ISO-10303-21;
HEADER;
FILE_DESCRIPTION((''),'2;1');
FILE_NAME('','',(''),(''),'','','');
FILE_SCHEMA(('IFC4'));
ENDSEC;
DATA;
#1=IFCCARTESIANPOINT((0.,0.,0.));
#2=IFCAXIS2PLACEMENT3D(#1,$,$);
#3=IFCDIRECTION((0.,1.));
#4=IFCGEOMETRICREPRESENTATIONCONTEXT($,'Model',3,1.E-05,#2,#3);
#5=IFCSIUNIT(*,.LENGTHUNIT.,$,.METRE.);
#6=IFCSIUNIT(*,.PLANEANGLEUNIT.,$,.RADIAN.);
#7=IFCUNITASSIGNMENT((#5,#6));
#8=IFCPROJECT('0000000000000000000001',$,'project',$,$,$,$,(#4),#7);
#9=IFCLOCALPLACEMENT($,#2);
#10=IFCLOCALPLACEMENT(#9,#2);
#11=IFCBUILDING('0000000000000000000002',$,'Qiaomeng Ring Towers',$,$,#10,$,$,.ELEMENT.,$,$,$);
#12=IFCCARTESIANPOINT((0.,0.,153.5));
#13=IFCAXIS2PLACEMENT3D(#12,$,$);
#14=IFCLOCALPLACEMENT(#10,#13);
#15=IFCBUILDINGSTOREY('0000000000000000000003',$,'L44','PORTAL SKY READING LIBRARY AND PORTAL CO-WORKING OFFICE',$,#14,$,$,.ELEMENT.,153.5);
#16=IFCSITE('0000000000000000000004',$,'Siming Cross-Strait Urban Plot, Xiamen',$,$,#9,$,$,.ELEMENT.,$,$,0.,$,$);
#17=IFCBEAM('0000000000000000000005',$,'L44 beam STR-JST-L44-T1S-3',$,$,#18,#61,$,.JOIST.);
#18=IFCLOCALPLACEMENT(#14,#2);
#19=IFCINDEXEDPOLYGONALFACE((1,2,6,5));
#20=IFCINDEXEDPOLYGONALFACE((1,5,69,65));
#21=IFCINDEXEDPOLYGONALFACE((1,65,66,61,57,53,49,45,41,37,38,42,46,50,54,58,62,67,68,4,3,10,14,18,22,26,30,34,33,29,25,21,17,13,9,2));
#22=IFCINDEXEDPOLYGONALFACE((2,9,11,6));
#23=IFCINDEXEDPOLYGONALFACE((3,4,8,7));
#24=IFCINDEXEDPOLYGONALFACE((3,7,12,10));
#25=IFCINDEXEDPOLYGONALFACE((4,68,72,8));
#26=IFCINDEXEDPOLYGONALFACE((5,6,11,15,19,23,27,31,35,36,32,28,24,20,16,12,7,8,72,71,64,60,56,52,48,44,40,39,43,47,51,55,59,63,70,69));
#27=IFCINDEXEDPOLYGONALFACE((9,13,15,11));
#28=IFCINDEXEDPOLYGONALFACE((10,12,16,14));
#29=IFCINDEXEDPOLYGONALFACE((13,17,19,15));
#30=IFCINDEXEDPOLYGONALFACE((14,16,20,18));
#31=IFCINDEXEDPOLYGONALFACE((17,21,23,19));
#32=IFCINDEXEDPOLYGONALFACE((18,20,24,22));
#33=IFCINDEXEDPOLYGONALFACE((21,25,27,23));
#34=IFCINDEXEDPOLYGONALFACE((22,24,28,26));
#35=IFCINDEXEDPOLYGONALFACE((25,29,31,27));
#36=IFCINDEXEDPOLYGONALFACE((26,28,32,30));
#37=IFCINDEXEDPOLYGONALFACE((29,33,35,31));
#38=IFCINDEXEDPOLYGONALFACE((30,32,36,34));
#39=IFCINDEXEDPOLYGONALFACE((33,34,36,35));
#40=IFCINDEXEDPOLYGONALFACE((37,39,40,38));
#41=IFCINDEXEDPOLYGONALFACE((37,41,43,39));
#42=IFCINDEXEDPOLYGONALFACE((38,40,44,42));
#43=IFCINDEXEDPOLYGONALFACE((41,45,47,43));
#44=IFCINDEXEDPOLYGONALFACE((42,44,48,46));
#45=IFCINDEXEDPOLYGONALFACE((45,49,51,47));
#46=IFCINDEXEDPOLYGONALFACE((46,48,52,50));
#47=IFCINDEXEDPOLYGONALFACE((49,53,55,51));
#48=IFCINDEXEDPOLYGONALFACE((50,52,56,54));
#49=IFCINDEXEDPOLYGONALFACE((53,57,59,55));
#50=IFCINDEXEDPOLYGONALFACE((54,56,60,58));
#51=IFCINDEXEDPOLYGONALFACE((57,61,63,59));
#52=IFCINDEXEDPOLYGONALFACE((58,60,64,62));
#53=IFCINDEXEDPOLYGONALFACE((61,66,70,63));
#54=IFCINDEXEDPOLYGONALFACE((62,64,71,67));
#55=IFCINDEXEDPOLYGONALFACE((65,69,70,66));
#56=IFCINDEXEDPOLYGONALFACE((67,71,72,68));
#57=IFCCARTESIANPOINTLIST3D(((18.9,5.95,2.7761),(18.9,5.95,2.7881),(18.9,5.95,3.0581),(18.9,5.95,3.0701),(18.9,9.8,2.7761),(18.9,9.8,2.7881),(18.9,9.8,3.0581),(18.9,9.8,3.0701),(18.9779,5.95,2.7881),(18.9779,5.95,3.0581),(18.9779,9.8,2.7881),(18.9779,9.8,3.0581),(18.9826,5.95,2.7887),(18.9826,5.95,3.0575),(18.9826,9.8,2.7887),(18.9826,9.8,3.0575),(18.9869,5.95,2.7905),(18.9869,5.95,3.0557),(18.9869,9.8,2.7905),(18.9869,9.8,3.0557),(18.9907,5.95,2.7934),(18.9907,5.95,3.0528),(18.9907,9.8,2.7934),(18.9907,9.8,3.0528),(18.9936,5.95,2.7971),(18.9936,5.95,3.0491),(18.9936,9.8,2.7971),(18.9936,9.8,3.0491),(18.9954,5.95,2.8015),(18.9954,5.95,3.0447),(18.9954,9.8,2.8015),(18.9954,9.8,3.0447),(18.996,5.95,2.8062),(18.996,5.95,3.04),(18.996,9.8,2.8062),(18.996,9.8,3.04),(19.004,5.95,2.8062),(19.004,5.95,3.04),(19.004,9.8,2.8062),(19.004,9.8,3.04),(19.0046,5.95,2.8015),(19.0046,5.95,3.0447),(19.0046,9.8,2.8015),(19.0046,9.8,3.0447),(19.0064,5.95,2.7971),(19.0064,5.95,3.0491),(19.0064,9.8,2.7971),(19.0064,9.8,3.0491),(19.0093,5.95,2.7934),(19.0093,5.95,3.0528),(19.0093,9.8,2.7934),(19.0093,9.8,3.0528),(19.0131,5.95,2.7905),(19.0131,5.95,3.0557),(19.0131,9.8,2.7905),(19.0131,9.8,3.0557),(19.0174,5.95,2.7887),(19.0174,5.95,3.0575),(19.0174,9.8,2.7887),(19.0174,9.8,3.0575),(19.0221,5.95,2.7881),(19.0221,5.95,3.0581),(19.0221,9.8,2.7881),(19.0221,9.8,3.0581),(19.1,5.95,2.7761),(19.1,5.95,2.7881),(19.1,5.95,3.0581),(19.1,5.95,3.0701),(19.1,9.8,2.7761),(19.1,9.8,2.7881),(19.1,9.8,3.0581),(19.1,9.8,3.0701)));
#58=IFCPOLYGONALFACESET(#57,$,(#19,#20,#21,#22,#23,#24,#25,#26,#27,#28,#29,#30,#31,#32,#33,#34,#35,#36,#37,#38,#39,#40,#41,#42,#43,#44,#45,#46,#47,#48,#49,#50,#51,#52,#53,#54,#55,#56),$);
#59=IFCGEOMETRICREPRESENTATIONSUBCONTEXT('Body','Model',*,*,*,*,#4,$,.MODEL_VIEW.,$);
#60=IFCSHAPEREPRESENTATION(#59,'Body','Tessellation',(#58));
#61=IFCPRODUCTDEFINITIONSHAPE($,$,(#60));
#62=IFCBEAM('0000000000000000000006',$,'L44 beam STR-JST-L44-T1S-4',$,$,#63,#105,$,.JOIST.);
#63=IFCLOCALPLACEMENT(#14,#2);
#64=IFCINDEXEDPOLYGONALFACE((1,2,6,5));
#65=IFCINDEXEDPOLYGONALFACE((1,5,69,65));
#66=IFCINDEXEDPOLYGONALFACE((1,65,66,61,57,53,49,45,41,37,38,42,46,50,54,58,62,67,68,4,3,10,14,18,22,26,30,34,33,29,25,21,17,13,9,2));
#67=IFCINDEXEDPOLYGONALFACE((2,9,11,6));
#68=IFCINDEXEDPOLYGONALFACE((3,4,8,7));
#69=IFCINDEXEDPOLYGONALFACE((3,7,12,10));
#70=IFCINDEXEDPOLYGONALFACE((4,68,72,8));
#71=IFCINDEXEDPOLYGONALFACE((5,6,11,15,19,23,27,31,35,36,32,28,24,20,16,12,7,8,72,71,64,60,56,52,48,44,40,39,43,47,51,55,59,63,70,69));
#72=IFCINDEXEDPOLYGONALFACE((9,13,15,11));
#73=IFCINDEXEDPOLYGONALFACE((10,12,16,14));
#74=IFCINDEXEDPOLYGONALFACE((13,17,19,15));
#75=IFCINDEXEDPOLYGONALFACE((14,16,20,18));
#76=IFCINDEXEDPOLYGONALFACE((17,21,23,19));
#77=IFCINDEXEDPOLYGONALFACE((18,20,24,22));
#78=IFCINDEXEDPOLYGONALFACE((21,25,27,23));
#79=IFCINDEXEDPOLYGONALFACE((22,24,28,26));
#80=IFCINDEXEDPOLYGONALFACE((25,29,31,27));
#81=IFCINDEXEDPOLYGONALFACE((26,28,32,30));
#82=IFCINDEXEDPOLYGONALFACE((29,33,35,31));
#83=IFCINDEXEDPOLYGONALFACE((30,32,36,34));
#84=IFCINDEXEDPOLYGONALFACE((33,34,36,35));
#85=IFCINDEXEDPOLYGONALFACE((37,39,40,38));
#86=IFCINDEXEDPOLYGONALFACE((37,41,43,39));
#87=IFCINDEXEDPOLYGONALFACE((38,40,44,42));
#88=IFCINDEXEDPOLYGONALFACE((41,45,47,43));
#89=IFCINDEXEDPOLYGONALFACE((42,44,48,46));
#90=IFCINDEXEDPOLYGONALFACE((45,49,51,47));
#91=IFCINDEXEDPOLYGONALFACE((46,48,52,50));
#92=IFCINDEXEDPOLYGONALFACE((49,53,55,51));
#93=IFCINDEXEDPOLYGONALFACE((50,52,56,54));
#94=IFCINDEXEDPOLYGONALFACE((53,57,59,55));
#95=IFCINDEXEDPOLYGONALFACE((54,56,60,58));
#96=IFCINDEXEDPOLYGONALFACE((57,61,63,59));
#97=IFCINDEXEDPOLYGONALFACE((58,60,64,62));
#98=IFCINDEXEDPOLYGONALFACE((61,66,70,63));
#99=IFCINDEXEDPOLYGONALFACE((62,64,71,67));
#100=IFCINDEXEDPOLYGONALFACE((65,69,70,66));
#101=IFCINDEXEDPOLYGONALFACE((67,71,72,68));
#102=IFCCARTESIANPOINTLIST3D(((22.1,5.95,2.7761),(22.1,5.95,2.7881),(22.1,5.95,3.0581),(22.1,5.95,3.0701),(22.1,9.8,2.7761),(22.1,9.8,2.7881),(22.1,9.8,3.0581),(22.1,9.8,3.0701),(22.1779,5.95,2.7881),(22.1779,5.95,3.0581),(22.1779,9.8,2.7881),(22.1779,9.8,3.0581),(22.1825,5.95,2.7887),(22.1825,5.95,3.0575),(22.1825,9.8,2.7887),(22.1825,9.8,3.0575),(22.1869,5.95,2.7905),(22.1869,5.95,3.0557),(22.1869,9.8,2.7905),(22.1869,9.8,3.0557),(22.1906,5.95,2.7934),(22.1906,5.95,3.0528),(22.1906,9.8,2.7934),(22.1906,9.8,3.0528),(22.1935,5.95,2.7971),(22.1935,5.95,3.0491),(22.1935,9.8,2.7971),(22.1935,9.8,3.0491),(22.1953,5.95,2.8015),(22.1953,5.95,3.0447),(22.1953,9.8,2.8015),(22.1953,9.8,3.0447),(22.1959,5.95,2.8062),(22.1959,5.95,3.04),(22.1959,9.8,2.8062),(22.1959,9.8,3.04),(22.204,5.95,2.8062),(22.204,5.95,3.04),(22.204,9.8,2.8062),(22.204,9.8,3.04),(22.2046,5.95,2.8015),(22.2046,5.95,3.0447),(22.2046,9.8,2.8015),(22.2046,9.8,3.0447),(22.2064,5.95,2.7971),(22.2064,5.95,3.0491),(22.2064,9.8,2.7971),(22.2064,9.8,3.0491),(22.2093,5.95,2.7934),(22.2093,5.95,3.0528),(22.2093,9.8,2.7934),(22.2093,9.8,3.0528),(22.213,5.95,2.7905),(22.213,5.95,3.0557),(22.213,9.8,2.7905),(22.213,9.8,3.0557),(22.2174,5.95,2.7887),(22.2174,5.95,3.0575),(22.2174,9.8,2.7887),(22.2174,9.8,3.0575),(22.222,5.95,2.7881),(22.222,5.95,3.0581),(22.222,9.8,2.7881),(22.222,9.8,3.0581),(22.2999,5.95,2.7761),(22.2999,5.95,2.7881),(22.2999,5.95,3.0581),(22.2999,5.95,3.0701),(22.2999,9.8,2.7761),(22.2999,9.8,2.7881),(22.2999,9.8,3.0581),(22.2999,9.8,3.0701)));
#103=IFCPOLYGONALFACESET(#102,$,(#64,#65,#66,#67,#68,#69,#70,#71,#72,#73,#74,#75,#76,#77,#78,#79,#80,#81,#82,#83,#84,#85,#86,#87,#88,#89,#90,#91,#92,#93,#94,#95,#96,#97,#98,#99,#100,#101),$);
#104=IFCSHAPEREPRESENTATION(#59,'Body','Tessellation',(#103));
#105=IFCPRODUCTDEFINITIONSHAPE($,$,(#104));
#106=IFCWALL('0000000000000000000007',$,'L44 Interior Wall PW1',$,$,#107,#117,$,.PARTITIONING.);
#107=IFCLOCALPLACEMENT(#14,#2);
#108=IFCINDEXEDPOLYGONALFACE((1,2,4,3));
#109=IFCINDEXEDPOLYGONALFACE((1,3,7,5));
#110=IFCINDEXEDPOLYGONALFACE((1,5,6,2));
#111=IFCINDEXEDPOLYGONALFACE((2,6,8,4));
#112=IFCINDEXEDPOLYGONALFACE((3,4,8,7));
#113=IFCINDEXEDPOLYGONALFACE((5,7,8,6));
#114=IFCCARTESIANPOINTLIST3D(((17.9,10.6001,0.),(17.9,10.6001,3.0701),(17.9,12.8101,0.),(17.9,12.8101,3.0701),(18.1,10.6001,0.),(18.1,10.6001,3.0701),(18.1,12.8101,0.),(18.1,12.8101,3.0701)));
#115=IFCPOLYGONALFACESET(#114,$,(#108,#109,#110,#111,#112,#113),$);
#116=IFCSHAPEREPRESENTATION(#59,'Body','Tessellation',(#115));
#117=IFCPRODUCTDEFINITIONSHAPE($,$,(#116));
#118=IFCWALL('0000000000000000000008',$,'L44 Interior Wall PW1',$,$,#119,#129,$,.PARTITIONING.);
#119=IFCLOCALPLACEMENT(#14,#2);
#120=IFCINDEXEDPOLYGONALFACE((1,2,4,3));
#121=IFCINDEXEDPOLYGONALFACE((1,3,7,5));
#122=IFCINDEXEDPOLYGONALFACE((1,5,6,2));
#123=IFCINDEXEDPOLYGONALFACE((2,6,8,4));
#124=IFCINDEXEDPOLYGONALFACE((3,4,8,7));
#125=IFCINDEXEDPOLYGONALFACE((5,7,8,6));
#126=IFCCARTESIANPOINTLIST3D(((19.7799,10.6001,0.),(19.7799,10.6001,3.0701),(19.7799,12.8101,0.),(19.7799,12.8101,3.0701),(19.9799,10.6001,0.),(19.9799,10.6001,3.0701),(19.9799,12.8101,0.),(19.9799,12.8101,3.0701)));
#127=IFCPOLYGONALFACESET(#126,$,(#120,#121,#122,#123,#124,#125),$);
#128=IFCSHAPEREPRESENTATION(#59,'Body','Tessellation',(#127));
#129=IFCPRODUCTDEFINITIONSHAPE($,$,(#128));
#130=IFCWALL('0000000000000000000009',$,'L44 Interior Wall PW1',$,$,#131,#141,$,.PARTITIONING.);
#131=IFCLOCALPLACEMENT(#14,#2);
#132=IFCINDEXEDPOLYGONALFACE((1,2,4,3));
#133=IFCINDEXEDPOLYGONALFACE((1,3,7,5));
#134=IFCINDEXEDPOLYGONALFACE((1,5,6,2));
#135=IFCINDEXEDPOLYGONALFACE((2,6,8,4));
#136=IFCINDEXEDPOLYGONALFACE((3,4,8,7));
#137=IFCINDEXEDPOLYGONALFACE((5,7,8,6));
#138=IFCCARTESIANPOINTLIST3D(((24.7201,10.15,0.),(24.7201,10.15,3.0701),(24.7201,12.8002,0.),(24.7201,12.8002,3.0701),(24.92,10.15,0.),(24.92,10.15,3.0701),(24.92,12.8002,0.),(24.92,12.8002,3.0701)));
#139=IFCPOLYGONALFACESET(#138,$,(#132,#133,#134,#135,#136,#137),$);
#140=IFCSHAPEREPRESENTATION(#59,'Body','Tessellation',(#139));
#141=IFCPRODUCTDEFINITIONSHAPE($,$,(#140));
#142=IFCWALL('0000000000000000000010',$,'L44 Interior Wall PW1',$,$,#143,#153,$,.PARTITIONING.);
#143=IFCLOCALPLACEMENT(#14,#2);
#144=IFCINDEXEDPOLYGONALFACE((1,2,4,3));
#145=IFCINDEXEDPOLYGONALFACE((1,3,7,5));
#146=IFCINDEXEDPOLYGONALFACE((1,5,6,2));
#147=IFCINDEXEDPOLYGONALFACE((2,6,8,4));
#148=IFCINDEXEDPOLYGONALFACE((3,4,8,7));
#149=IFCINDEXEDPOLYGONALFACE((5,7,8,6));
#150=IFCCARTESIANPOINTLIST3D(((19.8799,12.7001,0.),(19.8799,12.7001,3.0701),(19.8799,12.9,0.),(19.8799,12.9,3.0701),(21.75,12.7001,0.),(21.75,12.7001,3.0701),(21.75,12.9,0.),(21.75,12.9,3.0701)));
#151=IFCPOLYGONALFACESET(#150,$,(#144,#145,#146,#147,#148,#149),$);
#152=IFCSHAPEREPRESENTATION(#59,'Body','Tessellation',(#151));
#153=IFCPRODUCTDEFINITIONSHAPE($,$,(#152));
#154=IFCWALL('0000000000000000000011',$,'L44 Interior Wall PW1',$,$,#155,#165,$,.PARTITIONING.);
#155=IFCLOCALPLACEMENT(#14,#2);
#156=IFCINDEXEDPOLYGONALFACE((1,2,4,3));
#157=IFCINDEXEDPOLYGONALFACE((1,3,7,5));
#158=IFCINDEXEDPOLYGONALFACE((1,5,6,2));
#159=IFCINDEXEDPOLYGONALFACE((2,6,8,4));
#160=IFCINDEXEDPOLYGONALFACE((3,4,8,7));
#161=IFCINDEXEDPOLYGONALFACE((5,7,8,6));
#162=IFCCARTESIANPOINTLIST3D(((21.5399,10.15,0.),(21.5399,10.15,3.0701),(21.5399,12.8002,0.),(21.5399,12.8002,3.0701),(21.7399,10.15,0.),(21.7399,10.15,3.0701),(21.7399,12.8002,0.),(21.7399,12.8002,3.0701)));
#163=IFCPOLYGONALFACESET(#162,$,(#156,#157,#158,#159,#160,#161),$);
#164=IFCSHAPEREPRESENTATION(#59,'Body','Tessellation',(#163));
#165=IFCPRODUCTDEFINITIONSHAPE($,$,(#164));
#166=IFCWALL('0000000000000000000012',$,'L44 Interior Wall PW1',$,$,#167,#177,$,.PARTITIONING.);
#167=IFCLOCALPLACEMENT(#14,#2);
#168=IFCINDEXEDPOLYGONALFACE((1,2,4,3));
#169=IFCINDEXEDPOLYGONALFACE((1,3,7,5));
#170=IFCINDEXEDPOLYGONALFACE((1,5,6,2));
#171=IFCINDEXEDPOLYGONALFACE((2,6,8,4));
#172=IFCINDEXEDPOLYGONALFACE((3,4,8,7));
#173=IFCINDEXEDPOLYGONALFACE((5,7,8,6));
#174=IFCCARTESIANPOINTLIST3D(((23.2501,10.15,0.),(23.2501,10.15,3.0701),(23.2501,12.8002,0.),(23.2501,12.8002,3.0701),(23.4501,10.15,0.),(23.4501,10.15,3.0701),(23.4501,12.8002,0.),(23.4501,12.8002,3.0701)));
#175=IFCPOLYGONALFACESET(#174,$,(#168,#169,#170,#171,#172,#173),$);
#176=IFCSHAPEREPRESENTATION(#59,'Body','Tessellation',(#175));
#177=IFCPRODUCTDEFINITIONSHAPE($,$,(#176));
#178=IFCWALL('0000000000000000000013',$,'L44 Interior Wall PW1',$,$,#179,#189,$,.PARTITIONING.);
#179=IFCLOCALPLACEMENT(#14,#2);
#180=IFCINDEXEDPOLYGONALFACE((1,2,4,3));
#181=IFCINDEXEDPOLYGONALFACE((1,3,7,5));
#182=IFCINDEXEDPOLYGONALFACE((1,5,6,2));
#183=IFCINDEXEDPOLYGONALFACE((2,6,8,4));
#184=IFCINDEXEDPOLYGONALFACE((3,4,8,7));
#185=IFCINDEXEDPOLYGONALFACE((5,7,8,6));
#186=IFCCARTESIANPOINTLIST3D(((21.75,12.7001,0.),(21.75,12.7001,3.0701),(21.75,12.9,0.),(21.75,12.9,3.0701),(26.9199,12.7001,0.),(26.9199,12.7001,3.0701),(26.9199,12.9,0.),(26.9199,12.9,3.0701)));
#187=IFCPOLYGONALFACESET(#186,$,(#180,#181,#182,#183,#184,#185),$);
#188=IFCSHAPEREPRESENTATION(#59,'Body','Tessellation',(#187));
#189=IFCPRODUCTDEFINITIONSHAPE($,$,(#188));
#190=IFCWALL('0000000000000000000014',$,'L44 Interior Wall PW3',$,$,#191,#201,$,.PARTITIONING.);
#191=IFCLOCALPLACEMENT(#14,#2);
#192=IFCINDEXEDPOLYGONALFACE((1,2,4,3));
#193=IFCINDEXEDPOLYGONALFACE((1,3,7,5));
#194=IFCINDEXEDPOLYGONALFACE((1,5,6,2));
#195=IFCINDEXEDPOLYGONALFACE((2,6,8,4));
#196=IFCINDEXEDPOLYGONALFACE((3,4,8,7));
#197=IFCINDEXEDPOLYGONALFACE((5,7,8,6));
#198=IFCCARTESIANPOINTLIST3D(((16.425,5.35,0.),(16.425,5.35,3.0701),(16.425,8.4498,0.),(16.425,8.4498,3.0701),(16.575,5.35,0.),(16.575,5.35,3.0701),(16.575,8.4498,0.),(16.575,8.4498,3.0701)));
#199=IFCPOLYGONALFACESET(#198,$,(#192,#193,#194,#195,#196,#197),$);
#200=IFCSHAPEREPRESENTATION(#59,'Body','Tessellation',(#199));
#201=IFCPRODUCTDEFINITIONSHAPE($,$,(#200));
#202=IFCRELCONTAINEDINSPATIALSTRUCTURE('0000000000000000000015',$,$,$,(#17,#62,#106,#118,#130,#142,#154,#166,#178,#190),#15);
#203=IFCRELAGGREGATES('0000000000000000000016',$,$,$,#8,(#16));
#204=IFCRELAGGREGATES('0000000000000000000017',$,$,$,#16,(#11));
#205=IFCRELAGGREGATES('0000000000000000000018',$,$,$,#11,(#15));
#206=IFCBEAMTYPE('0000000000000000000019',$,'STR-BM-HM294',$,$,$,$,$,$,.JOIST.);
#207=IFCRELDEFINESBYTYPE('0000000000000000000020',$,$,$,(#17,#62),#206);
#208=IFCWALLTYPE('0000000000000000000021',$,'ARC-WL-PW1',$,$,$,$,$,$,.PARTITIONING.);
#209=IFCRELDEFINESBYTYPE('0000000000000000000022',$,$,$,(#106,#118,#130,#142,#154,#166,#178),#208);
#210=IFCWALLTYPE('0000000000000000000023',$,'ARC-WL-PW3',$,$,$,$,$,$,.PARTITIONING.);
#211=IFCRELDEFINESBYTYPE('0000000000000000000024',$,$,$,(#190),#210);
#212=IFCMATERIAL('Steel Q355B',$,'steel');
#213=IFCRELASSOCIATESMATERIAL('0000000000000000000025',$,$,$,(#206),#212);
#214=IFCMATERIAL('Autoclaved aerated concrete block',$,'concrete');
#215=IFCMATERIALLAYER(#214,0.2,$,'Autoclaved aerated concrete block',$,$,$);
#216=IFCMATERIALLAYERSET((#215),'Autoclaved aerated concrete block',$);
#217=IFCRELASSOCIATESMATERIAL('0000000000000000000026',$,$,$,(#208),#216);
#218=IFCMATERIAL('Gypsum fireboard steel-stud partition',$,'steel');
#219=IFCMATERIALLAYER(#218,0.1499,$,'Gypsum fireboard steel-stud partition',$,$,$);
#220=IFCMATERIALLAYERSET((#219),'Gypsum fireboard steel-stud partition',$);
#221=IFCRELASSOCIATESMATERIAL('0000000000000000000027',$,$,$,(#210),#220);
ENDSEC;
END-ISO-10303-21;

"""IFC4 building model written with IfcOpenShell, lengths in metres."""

from ifc_helpers import new_model, si_unit, direction, frame, frame_2d, origin, origin_2d, place, context, subcontext, project, spatial, rectangle, i_section, extrude, source, transform, mapped, material, layer, layer_set, material_profile, profile_set, type_object, element, save


model = new_model("IFC4")

# Units and contexts
model_context = context("Model", 3, precision=1e-05, world=origin(), true_north=direction((0.0, 1.0)))
body_context = subcontext(model_context, "Body", "Model", "MODEL_VIEW")
ifc_project = project(units=[si_unit("LENGTHUNIT", "METRE"), si_unit("PLANEANGLEUNIT", "RADIAN")], contexts=[model_context])

# Site, building, storey
site_placement = place(None, origin())
site = spatial("IfcSite", under=ifc_project, at=site_placement, Name="Siming Cross-Strait Urban Plot, Xiamen", CompositionType="ELEMENT", RefElevation=0.0)
building_placement = place(site_placement, origin())
building = spatial("IfcBuilding", under=site, at=building_placement, Name="Qiaomeng Ring Towers", CompositionType="ELEMENT")
storey_placement = place(building_placement, frame((0.0, 0.0, 153.5)))
storey = spatial("IfcBuildingStorey", under=building, at=storey_placement, Name="L44", Description="PORTAL SKY READING LIBRARY AND PORTAL CO-WORKING OFFICE", CompositionType="ELEMENT", Elevation=153.5)

# Beams
ifc_material_1 = material(Name="Steel Q355B", Category="steel")
ifc_material_profile = material_profile(ifc_material_1, i_section(OverallWidth=0.2, OverallDepth=0.2939, WebThickness=0.0081, FlangeThickness=0.012, FilletRadius=0.0181, at=origin_2d()), Name="HM 294x200x8x12")
ifc_profile_set = profile_set([ifc_material_profile], Name="Steel Q355B")
beam_type = type_object("IfcBeamType", Name="STR-BM-HM294", PredefinedType="JOIST", material=ifc_profile_set)
shared_shape_1 = source(origin(), body_context, "Body", "SweptSolid", [
    extrude(i_section(OverallWidth=0.2, OverallDepth=0.2939, WebThickness=0.0081, FlangeThickness=0.012, FilletRadius=0.0181, at=origin_2d()), origin(), (0.0, 0.0, 1.0), 3.8501),
])
for number, where, z_axis, x_axis, name in (
    (1, (19.0, 5.95, 2.9231), (0.0, 1.0, 0.0), (-1.0, 0.0, 0.0), "L44 beam STR-JST-L44-T1S-3"),
    (2, (22.2, 5.95, 2.9231), (0.0, 1.0, 0.0), (-1.0, 0.0, 0.0), "L44 beam STR-JST-L44-T1S-4"),
):
    element("IfcBeam", number, at=place(storey_placement, frame(where, z_axis=z_axis, x_axis=x_axis)), inside=storey, type_object=beam_type, Name=name, PredefinedType="JOIST", context=body_context, shape_type="MappedRepresentation", body=[
        mapped(shared_shape_1, transform((0.0, 0.0, 0.0), x_axis=(1.0, 0.0, 0.0), y_axis=(0.0, 1.0, 0.0), z_axis=(0.0, 0.0, 1.0), scale=1.0)),
    ])

# Walls
ifc_material_2 = material(Name="Autoclaved aerated concrete block", Category="concrete")
ifc_layer_1 = layer(ifc_material_2, 0.2, Name="Autoclaved aerated concrete block")
ifc_layer_set_1 = layer_set([ifc_layer_1], Name="Autoclaved aerated concrete block")
wall_type_1 = type_object("IfcWallType", Name="ARC-WL-PW1", PredefinedType="PARTITIONING", material=ifc_layer_set_1)
for number, where, z_axis, x_axis, name in (
    (3, (18.0, 10.6001, 0.0), (0.0, 0.0, 1.0), (0.0, 1.0, 0.0), "L44 Interior Wall PW1"),
    (4, (19.8799, 10.6001, 0.0), (0.0, 0.0, 1.0), (0.0, 1.0, 0.0), "L44 Interior Wall PW1"),
):
    element("IfcWall", number, at=place(storey_placement, frame(where, z_axis=z_axis, x_axis=x_axis)), inside=storey, type_object=wall_type_1, Name=name, PredefinedType="PARTITIONING", context=body_context, shape_type="SweptSolid", body=[
        extrude(rectangle(XDim=2.21, YDim=0.2, at=frame_2d((1.105, 0.0))), origin(), (0.0, 0.0, 1.0), 3.0701),
    ])
wall_1_placement = place(storey_placement, frame((24.8201, 10.1499, 0.0), z_axis=(0.0, 0.0, 1.0), x_axis=(0.0, 1.0, 0.0)))
element("IfcWall", 5, at=wall_1_placement, inside=storey, type_object=wall_type_1, Name="L44 Interior Wall PW1", PredefinedType="PARTITIONING", context=body_context, shape_type="SweptSolid", body=[
    extrude(rectangle(XDim=2.6501, YDim=0.2, at=frame_2d((1.3252, 0.0))), origin(), (0.0, 0.0, 1.0), 3.0701),
])
wall_2_placement = place(storey_placement, frame((19.8799, 12.8, 0.0), z_axis=(0.0, 0.0, 1.0), x_axis=(1.0, 0.0, 0.0)))
element("IfcWall", 6, at=wall_2_placement, inside=storey, type_object=wall_type_1, Name="L44 Interior Wall PW1", PredefinedType="PARTITIONING", context=body_context, shape_type="SweptSolid", body=[
    extrude(rectangle(XDim=1.8701, YDim=0.2, at=frame_2d((0.9351, 0.0))), origin(), (0.0, 0.0, 1.0), 3.0701),
])
for number, where, z_axis, x_axis, name in (
    (7, (21.6399, 10.1499, 0.0), (0.0, 0.0, 1.0), (0.0, 1.0, 0.0), "L44 Interior Wall PW1"),
    (8, (23.3501, 10.1499, 0.0), (0.0, 0.0, 1.0), (0.0, 1.0, 0.0), "L44 Interior Wall PW1"),
):
    element("IfcWall", number, at=place(storey_placement, frame(where, z_axis=z_axis, x_axis=x_axis)), inside=storey, type_object=wall_type_1, Name=name, PredefinedType="PARTITIONING", context=body_context, shape_type="SweptSolid", body=[
        extrude(rectangle(XDim=2.6501, YDim=0.2, at=frame_2d((1.3252, 0.0))), origin(), (0.0, 0.0, 1.0), 3.0701),
    ])
wall_3_placement = place(storey_placement, frame((21.75, 12.8, 0.0), z_axis=(0.0, 0.0, 1.0), x_axis=(1.0, 0.0, 0.0)))
element("IfcWall", 9, at=wall_3_placement, inside=storey, type_object=wall_type_1, Name="L44 Interior Wall PW1", PredefinedType="PARTITIONING", context=body_context, shape_type="SweptSolid", body=[
    extrude(rectangle(XDim=5.1699, YDim=0.2, at=frame_2d((2.585, 0.0))), origin(), (0.0, 0.0, 1.0), 3.0701),
])
ifc_material_3 = material(Name="Gypsum fireboard steel-stud partition", Category="steel")
ifc_layer_2 = layer(ifc_material_3, 0.1499, Name="Gypsum fireboard steel-stud partition")
ifc_layer_set_2 = layer_set([ifc_layer_2], Name="Gypsum fireboard steel-stud partition")
wall_type_2 = type_object("IfcWallType", Name="ARC-WL-PW3", PredefinedType="PARTITIONING", material=ifc_layer_set_2)
for number, where, z_axis, x_axis, name in (
    (10, (16.5, 5.3501, 0.0), (0.0, 0.0, 1.0), (0.0, 1.0, 0.0), "L44 Interior Wall PW3"),
):
    element("IfcWall", number, at=place(storey_placement, frame(where, z_axis=z_axis, x_axis=x_axis)), inside=storey, type_object=wall_type_2, Name=name, PredefinedType="PARTITIONING", context=body_context, shape_type="SweptSolid", body=[
        extrude(rectangle(XDim=3.0999, YDim=0.1499, at=frame_2d((1.5498, 0.0))), origin(), (0.0, 0.0, 1.0), 3.0701),
    ])

save(model, "model.ifc")
